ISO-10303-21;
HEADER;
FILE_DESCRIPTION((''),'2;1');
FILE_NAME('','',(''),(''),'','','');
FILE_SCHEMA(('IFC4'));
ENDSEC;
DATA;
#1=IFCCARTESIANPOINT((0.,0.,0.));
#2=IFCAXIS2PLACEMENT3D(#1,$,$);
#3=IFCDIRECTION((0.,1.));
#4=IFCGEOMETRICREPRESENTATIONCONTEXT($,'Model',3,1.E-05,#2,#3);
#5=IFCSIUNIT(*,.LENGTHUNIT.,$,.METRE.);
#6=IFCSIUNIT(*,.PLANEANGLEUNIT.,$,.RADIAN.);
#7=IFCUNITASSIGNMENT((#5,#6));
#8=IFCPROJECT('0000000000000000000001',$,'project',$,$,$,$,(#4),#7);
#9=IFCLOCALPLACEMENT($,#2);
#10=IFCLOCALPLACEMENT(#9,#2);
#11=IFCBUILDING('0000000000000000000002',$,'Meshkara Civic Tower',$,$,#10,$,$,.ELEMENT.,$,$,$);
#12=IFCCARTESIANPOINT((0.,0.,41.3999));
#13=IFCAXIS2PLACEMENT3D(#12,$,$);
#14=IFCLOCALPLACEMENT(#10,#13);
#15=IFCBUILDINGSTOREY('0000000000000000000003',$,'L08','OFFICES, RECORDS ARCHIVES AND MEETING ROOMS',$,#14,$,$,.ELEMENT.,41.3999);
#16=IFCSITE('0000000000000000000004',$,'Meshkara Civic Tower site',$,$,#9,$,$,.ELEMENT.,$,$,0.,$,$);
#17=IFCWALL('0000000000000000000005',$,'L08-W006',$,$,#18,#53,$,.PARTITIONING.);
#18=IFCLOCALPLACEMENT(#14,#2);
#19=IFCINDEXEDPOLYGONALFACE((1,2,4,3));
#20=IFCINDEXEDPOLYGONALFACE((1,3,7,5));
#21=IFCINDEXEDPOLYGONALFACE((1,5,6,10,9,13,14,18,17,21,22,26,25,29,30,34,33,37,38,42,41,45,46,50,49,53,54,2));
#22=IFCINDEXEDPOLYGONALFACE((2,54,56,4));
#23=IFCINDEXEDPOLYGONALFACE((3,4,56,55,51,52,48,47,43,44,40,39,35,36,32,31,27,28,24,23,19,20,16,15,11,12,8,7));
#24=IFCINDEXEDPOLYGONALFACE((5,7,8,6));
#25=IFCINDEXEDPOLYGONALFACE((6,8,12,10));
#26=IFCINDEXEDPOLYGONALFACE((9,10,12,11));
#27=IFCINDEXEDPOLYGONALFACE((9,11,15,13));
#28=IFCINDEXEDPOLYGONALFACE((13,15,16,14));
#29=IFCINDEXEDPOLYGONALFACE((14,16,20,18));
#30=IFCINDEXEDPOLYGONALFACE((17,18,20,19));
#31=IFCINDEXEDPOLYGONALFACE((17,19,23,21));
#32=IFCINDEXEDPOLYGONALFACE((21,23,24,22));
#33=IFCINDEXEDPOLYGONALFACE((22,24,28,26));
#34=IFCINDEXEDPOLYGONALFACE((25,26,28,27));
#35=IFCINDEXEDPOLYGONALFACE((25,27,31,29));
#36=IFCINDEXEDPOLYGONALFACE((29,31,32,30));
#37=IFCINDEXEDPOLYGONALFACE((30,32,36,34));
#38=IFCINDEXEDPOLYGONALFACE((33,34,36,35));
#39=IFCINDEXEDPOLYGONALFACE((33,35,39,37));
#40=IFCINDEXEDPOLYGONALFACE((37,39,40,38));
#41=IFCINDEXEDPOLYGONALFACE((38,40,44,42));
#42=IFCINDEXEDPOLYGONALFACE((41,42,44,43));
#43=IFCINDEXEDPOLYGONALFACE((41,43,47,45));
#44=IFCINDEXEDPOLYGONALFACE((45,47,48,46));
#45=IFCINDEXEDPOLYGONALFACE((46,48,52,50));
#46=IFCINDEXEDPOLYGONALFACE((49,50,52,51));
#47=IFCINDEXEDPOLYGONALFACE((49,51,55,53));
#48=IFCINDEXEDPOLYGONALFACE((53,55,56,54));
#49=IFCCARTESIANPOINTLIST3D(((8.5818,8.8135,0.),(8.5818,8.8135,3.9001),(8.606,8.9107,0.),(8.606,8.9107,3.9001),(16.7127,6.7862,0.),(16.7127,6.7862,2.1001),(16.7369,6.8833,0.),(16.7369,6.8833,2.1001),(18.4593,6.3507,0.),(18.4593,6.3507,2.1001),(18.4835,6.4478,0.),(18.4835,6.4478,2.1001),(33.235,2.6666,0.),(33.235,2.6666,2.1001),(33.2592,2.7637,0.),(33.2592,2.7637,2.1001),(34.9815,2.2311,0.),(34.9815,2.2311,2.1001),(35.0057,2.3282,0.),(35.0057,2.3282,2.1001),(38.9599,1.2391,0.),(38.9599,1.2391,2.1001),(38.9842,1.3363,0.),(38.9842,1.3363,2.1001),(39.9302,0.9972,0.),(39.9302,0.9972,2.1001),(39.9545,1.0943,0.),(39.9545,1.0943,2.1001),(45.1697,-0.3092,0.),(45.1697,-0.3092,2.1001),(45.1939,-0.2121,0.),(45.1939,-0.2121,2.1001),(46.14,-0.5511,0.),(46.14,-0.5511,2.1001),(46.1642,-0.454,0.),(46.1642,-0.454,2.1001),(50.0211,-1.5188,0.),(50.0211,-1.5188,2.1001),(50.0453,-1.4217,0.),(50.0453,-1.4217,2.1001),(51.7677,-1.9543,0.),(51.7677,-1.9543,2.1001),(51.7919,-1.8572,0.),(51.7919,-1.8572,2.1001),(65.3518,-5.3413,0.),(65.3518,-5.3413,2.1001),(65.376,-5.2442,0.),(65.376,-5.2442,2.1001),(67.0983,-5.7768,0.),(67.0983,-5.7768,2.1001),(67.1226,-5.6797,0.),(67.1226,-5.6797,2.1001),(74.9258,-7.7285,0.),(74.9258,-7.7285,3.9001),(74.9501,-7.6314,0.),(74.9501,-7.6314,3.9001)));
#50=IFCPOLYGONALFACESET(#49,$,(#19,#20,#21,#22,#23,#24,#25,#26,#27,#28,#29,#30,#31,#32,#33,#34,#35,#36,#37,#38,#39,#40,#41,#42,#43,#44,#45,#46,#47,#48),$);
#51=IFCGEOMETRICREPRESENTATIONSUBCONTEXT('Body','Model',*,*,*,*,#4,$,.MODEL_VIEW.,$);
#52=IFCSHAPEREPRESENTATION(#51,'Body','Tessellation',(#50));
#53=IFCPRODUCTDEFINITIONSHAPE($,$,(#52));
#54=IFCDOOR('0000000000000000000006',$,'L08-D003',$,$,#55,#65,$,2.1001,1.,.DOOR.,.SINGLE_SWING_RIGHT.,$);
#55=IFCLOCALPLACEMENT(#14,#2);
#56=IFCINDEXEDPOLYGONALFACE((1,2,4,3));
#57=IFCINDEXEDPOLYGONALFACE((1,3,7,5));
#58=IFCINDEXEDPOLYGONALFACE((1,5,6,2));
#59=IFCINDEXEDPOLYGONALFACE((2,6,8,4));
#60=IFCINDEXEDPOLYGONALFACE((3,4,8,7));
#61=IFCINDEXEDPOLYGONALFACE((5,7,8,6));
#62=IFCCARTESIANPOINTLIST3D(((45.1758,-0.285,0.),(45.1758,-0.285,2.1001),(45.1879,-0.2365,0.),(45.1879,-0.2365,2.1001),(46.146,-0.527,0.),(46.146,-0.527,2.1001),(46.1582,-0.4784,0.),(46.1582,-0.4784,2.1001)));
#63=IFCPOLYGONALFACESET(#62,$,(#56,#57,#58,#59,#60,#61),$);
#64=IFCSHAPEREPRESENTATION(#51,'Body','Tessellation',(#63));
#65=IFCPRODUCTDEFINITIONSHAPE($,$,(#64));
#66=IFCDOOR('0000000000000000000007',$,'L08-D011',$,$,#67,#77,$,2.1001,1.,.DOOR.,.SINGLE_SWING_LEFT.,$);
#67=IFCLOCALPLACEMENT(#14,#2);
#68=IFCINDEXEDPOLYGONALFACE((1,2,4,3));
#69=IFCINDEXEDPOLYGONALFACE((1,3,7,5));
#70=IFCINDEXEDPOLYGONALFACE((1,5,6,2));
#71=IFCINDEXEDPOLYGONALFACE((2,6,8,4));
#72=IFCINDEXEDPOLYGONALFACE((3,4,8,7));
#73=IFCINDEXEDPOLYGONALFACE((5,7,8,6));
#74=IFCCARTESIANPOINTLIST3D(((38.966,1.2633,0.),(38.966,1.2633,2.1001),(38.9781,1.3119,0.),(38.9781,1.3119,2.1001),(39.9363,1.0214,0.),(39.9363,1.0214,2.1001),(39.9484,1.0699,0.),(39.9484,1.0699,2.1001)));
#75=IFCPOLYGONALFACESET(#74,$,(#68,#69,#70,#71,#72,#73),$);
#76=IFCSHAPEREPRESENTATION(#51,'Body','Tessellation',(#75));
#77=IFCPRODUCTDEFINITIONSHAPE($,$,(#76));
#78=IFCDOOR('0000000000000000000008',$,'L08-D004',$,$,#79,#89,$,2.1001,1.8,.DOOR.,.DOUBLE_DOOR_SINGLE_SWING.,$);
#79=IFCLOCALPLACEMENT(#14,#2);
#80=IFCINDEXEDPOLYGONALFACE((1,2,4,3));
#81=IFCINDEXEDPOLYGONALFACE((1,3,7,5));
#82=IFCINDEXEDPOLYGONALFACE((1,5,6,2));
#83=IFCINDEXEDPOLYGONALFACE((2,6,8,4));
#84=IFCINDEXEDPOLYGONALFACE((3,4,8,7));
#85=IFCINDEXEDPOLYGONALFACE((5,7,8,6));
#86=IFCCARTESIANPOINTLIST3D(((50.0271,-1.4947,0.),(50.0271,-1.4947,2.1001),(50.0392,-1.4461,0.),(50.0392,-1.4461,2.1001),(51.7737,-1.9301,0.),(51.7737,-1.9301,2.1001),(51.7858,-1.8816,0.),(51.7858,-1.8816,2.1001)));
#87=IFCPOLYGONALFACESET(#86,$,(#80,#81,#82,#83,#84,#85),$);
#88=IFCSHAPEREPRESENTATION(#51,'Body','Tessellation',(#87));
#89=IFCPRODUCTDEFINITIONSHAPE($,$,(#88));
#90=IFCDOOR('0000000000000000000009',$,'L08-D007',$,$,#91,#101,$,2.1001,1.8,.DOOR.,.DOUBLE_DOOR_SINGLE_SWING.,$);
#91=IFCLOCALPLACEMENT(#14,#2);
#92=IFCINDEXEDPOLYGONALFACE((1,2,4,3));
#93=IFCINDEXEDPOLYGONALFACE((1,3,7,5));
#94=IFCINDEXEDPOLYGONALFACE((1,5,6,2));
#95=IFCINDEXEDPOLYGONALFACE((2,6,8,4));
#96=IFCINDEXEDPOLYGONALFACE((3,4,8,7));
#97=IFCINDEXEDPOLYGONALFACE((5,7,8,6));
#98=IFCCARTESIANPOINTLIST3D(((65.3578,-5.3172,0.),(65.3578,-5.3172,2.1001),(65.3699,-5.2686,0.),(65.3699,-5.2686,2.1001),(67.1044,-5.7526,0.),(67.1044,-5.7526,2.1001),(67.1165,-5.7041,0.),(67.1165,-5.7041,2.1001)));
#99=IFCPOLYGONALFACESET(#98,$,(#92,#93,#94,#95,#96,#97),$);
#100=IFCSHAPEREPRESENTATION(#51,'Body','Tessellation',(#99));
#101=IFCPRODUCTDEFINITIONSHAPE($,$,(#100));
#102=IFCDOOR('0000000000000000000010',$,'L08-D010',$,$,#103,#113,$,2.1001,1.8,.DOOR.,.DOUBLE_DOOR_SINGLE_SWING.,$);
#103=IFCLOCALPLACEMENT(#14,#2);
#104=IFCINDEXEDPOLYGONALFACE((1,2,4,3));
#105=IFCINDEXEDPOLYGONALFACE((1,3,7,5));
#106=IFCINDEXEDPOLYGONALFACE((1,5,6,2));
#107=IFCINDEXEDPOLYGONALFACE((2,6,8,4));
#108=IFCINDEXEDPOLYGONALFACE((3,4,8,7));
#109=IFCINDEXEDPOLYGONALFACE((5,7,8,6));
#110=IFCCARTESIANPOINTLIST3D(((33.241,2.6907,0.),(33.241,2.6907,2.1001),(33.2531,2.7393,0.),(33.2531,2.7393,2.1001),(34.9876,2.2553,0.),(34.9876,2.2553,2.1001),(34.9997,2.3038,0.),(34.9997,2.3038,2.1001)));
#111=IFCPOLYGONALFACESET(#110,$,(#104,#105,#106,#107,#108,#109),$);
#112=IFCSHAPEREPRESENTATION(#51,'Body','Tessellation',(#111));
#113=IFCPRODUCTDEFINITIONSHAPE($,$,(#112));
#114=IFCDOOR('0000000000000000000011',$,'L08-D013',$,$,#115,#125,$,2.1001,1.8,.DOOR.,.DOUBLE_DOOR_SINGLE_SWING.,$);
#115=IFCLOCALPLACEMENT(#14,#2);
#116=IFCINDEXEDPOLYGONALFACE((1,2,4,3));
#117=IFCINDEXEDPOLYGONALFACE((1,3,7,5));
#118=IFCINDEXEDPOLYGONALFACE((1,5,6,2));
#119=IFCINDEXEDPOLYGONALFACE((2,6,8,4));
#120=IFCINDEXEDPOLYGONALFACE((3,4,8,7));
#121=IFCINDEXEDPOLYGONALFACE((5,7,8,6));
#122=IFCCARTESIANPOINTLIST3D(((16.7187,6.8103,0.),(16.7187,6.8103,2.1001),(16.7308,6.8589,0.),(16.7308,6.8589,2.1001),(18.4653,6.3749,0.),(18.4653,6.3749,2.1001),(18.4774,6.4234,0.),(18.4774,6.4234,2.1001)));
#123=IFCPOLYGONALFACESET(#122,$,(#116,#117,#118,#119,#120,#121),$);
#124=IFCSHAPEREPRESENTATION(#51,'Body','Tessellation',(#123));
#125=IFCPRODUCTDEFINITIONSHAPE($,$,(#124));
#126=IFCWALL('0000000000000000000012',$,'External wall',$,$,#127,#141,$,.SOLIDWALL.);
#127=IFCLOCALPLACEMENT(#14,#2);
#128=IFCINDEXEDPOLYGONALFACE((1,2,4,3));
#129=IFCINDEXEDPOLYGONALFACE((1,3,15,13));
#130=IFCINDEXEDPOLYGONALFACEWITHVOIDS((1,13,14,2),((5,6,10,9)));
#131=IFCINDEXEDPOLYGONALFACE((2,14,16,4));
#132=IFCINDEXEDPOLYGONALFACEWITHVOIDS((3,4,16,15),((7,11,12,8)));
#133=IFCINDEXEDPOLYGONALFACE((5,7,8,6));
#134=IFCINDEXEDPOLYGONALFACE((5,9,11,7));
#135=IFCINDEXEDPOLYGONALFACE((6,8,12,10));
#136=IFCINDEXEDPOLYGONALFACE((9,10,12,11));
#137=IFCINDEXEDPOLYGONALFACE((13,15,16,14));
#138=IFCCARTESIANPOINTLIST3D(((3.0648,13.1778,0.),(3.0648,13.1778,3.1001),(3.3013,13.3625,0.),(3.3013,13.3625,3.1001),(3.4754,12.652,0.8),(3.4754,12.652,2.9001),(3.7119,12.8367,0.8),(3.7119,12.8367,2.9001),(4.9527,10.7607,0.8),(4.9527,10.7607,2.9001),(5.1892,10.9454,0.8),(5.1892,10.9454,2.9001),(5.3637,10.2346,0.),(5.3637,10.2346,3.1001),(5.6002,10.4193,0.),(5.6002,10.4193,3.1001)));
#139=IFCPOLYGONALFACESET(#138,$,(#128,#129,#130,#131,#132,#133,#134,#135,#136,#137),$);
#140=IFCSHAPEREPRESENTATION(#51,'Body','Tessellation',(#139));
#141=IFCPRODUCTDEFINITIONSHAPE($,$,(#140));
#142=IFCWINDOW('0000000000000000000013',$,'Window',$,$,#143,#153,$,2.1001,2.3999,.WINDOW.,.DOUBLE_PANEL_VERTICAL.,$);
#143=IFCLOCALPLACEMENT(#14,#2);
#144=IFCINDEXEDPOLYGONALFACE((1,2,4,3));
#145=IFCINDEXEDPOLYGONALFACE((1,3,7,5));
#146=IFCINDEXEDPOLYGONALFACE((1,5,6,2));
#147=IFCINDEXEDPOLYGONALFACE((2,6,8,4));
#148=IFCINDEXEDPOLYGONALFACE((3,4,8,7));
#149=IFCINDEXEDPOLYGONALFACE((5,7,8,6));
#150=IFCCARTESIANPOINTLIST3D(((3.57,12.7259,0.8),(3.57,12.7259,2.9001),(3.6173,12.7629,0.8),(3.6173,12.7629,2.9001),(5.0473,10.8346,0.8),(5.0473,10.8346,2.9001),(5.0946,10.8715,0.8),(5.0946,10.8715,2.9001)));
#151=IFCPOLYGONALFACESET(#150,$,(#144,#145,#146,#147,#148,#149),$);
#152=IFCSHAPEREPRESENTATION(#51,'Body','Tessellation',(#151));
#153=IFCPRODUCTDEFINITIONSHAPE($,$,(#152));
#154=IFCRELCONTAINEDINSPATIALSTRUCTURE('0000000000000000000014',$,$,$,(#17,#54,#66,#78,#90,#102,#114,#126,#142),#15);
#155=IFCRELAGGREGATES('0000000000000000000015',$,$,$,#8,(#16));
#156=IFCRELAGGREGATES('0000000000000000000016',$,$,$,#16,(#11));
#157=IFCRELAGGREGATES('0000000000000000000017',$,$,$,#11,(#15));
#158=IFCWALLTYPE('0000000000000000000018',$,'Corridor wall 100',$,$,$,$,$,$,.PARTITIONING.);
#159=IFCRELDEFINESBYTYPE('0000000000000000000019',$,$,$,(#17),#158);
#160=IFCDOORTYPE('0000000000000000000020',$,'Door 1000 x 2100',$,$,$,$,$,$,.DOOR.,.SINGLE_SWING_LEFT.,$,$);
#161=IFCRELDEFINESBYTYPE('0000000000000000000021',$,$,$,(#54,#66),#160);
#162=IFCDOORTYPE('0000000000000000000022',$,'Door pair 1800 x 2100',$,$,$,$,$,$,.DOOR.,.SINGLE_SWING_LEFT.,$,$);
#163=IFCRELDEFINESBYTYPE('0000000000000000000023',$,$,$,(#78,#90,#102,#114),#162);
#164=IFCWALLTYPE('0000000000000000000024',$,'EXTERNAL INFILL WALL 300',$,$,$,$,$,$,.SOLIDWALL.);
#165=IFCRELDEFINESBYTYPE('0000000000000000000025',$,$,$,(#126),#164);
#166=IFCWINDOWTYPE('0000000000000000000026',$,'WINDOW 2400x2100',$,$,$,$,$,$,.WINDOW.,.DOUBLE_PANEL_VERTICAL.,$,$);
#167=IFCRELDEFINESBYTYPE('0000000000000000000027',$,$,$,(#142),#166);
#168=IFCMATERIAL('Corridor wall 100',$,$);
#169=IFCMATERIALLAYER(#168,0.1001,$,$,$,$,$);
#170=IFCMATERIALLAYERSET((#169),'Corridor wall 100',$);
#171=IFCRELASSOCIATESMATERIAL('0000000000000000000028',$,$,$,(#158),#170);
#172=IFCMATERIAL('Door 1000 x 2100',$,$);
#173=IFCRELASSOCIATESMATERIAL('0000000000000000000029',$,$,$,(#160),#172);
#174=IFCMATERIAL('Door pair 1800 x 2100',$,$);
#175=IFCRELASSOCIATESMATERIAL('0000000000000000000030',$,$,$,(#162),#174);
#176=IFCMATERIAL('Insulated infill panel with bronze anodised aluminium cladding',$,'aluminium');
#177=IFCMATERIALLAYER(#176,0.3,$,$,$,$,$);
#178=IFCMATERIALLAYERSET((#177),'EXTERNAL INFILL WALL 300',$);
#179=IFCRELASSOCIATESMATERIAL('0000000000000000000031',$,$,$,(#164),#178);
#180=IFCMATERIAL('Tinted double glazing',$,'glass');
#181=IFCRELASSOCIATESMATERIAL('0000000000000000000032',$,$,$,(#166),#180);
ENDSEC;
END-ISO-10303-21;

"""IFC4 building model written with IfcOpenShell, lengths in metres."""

from ifc_helpers import new_model, si_unit, direction, frame, frame_2d, origin, place, context, subcontext, project, spatial, rectangle, extrude, material, layer, layer_set, type_object, element, fill, save


model = new_model("IFC4")

# Units and contexts
model_context = context("Model", 3, precision=1e-05, world=origin(), true_north=direction((0.0, 1.0)))
body_context = subcontext(model_context, "Body", "Model", "MODEL_VIEW")
ifc_project = project(units=[si_unit("LENGTHUNIT", "METRE"), si_unit("PLANEANGLEUNIT", "RADIAN")], contexts=[model_context])

# Site, building, storey
site_placement = place(None, origin())
site = spatial("IfcSite", under=ifc_project, at=site_placement, Name="Meshkara Civic Tower site", CompositionType="ELEMENT", RefElevation=0.0)
building_placement = place(site_placement, origin())
building = spatial("IfcBuilding", under=site, at=building_placement, Name="Meshkara Civic Tower", CompositionType="ELEMENT")
storey_placement = place(building_placement, frame((0.0, 0.0, 41.3999)))
storey = spatial("IfcBuildingStorey", under=building, at=storey_placement, Name="L08", Description="OFFICES, RECORDS ARCHIVES AND MEETING ROOMS", CompositionType="ELEMENT", Elevation=41.3999)

# Shared definitions
ifc_material_1 = material(Name="Corridor wall 100")
ifc_layer_1 = layer(ifc_material_1, 0.1001)
ifc_layer_set_1 = layer_set([ifc_layer_1], Name="Corridor wall 100")
wall_type_1 = type_object("IfcWallType", Name="Corridor wall 100", PredefinedType="PARTITIONING", material=ifc_layer_set_1)
ifc_material_2 = material(Name="Door 1000 x 2100")
door_type_1 = type_object("IfcDoorType", Name="Door 1000 x 2100", OperationType="SINGLE_SWING_LEFT", PredefinedType="DOOR", material=ifc_material_2)

# Wall, openings, doors
wall_1_placement = place(storey_placement, frame((8.594, 8.8621, 0.0), z_axis=(0.0, 0.0, 1.0), x_axis=(0.970294, -0.24193, 0.0)))
wall_1 = element("IfcWall", 1, at=wall_1_placement, inside=storey, type_object=wall_type_1, Name="L08-W006", PredefinedType="PARTITIONING", context=body_context, shape_type="SweptSolid", body=[
    extrude(rectangle(XDim=68.3752, YDim=0.1001, at=frame_2d((34.1875, 0.0))), origin(), (0.0, 0.0, 1.0), 3.9001),
])
opening_1_placement = place(wall_1_placement, frame((37.708, 0.0, 0.0)))
opening_1 = element("IfcOpeningElement", 2, at=opening_1_placement, cuts=wall_1, PredefinedType="OPENING", context=body_context, shape_type="SweptSolid", body=[
    extrude(rectangle(XDim=1.0, YDim=2.1001, at=frame_2d((0.5, 1.05))), frame((0.0, 0.0601, 0.0), z_axis=(0.0, -1.0, 0.0), x_axis=(1.0, 0.0, 0.0)), (0.0, 0.0, 1.0), 0.1201),
])
opening_2_placement = place(wall_1_placement, frame((42.708, 0.0, 0.0)))
opening_2 = element("IfcOpeningElement", 3, at=opening_2_placement, cuts=wall_1, PredefinedType="OPENING", context=body_context, shape_type="SweptSolid", body=[
    extrude(rectangle(XDim=1.8, YDim=2.1001, at=frame_2d((0.8999, 1.05))), frame((0.0, 0.0601, 0.0), z_axis=(0.0, -1.0, 0.0), x_axis=(1.0, 0.0, 0.0)), (0.0, 0.0, 1.0), 0.1201),
])
opening_3_placement = place(wall_1_placement, frame((58.5081, 0.0, 0.0)))
opening_3 = element("IfcOpeningElement", 4, at=opening_3_placement, cuts=wall_1, PredefinedType="OPENING", context=body_context, shape_type="SweptSolid", body=[
    extrude(rectangle(XDim=1.8, YDim=2.1001, at=frame_2d((0.8999, 1.05))), frame((0.0, 0.0601, 0.0), z_axis=(0.0, -1.0, 0.0), x_axis=(1.0, 0.0, 0.0)), (0.0, 0.0, 1.0), 0.1201),
])
opening_4_placement = place(wall_1_placement, frame((25.408, 0.0, 0.0)))
opening_4 = element("IfcOpeningElement", 5, at=opening_4_placement, cuts=wall_1, PredefinedType="OPENING", context=body_context, shape_type="SweptSolid", body=[
    extrude(rectangle(XDim=1.8, YDim=2.1001, at=frame_2d((0.8999, 1.05))), frame((0.0, 0.0601, 0.0), z_axis=(0.0, -1.0, 0.0), x_axis=(1.0, 0.0, 0.0)), (0.0, 0.0, 1.0), 0.1201),
])
opening_5_placement = place(wall_1_placement, frame((31.3081, 0.0, 0.0)))
opening_5 = element("IfcOpeningElement", 6, at=opening_5_placement, cuts=wall_1, PredefinedType="OPENING", context=body_context, shape_type="SweptSolid", body=[
    extrude(rectangle(XDim=1.0, YDim=2.1001, at=frame_2d((0.5, 1.05))), frame((0.0, 0.0601, 0.0), z_axis=(0.0, -1.0, 0.0), x_axis=(1.0, 0.0, 0.0)), (0.0, 0.0, 1.0), 0.1201),
])
opening_6_placement = place(wall_1_placement, frame((8.3799, 0.0, 0.0)))
opening_6 = element("IfcOpeningElement", 7, at=opening_6_placement, cuts=wall_1, PredefinedType="OPENING", context=body_context, shape_type="SweptSolid", body=[
    extrude(rectangle(XDim=1.8, YDim=2.1001, at=frame_2d((0.8999, 1.05))), frame((0.0, 0.0601, 0.0), z_axis=(0.0, -1.0, 0.0), x_axis=(1.0, 0.0, 0.0)), (0.0, 0.0, 1.0), 0.1201),
])
door_1_placement = place(opening_1_placement, origin())
door_1 = element("IfcDoor", 8, at=door_1_placement, inside=storey, type_object=door_type_1, Name="L08-D003", OperationType="SINGLE_SWING_RIGHT", OverallHeight=2.1001, OverallWidth=1.0, PredefinedType="DOOR", context=body_context, shape_type="SweptSolid", body=[
    extrude(rectangle(XDim=1.0, YDim=2.1001, at=frame_2d((0.5, 1.05))), frame((0.0, 0.0249, 0.0), z_axis=(0.0, -1.0, 0.0), x_axis=(1.0, 0.0, 0.0)), (0.0, 0.0, 1.0), 0.05),
])
fill(opening_1, door_1)
door_2_placement = place(opening_5_placement, origin())
door_2 = element("IfcDoor", 9, at=door_2_placement, inside=storey, type_object=door_type_1, Name="L08-D011", OperationType="SINGLE_SWING_LEFT", OverallHeight=2.1001, OverallWidth=1.0, PredefinedType="DOOR", context=body_context, shape_type="SweptSolid", body=[
    extrude(rectangle(XDim=1.0, YDim=2.1001, at=frame_2d((0.5, 1.05))), frame((0.0, 0.0249, 0.0), z_axis=(0.0, -1.0, 0.0), x_axis=(1.0, 0.0, 0.0)), (0.0, 0.0, 1.0), 0.05),
])
fill(opening_5, door_2)
ifc_material_3 = material(Name="Door pair 1800 x 2100")
door_type_2 = type_object("IfcDoorType", Name="Door pair 1800 x 2100", OperationType="SINGLE_SWING_LEFT", PredefinedType="DOOR", material=ifc_material_3)
door_3_placement = place(opening_2_placement, origin())
door_3 = element("IfcDoor", 10, at=door_3_placement, inside=storey, type_object=door_type_2, Name="L08-D004", OperationType="DOUBLE_DOOR_SINGLE_SWING", OverallHeight=2.1001, OverallWidth=1.8, PredefinedType="DOOR", context=body_context, shape_type="SweptSolid", body=[
    extrude(rectangle(XDim=1.8, YDim=2.1001, at=frame_2d((0.8999, 1.05))), frame((0.0, 0.0249, 0.0), z_axis=(0.0, -1.0, 0.0), x_axis=(1.0, 0.0, 0.0)), (0.0, 0.0, 1.0), 0.05),
])
fill(opening_2, door_3)
door_4_placement = place(opening_3_placement, origin())
door_4 = element("IfcDoor", 11, at=door_4_placement, inside=storey, type_object=door_type_2, Name="L08-D007", OperationType="DOUBLE_DOOR_SINGLE_SWING", OverallHeight=2.1001, OverallWidth=1.8, PredefinedType="DOOR", context=body_context, shape_type="SweptSolid", body=[
    extrude(rectangle(XDim=1.8, YDim=2.1001, at=frame_2d((0.8999, 1.05))), frame((0.0, 0.0249, 0.0), z_axis=(0.0, -1.0, 0.0), x_axis=(1.0, 0.0, 0.0)), (0.0, 0.0, 1.0), 0.05),
])
fill(opening_3, door_4)
door_5_placement = place(opening_4_placement, origin())
door_5 = element("IfcDoor", 12, at=door_5_placement, inside=storey, type_object=door_type_2, Name="L08-D010", OperationType="DOUBLE_DOOR_SINGLE_SWING", OverallHeight=2.1001, OverallWidth=1.8, PredefinedType="DOOR", context=body_context, shape_type="SweptSolid", body=[
    extrude(rectangle(XDim=1.8, YDim=2.1001, at=frame_2d((0.8999, 1.05))), frame((0.0, 0.0249, 0.0), z_axis=(0.0, -1.0, 0.0), x_axis=(1.0, 0.0, 0.0)), (0.0, 0.0, 1.0), 0.05),
])
fill(opening_4, door_5)
door_6_placement = place(opening_6_placement, origin())
door_6 = element("IfcDoor", 13, at=door_6_placement, inside=storey, type_object=door_type_2, Name="L08-D013", OperationType="DOUBLE_DOOR_SINGLE_SWING", OverallHeight=2.1001, OverallWidth=1.8, PredefinedType="DOOR", context=body_context, shape_type="SweptSolid", body=[
    extrude(rectangle(XDim=1.8, YDim=2.1001, at=frame_2d((0.8999, 1.05))), frame((0.0, 0.0249, 0.0), z_axis=(0.0, -1.0, 0.0), x_axis=(1.0, 0.0, 0.0)), (0.0, 0.0, 1.0), 0.05),
])
fill(opening_6, door_6)

# Wall, opening, window
ifc_material_4 = material(Name="Insulated infill panel with bronze anodised aluminium cladding", Category="aluminium")
ifc_layer_2 = layer(ifc_material_4, 0.3)
ifc_layer_set_2 = layer_set([ifc_layer_2], Name="EXTERNAL INFILL WALL 300")
wall_type_2 = type_object("IfcWallType", Name="EXTERNAL INFILL WALL 300", PredefinedType="SOLIDWALL", material=ifc_layer_set_2)
wall_2_placement = place(storey_placement, frame((3.1831, 13.27, 0.0), z_axis=(0.0, 0.0, 1.0), x_axis=(0.615564, -0.788087, 0.0)))
wall_2 = element("IfcWall", 14, at=wall_2_placement, inside=storey, type_object=wall_type_2, Name="External wall", PredefinedType="SOLIDWALL", context=body_context, shape_type="SweptSolid", body=[
    extrude(rectangle(XDim=3.7346, YDim=0.3, at=frame_2d((1.8672, 0.0))), origin(), (0.0, 0.0, 1.0), 3.1001),
])
opening_7_placement = place(wall_2_placement, frame((0.667, 0.0, 0.8)))
opening_7 = element("IfcOpeningElement", 15, at=opening_7_placement, cuts=wall_2, PredefinedType="OPENING", context=body_context, shape_type="SweptSolid", body=[
    extrude(rectangle(XDim=2.3999, YDim=2.1001, at=frame_2d((1.2, 1.05))), frame((0.0, 0.1599, 0.0), z_axis=(0.0, -1.0, 0.0), x_axis=(1.0, 0.0, 0.0)), (0.0, 0.0, 1.0), 0.3201),
])
ifc_material_5 = material(Name="Tinted double glazing", Category="glass")
window_type = type_object("IfcWindowType", Name="WINDOW 2400x2100", PartitioningType="DOUBLE_PANEL_VERTICAL", PredefinedType="WINDOW", material=ifc_material_5)
window_1_placement = place(opening_7_placement, origin())
window_1 = element("IfcWindow", 16, at=window_1_placement, inside=storey, type_object=window_type, Name="Window", OverallHeight=2.1001, OverallWidth=2.3999, PartitioningType="DOUBLE_PANEL_VERTICAL", PredefinedType="WINDOW", context=body_context, shape_type="SweptSolid", body=[
    extrude(rectangle(XDim=2.3999, YDim=2.1001, at=frame_2d((1.2, 1.05))), frame((0.0, 0.03, 0.0), z_axis=(0.0, -1.0, 0.0), x_axis=(1.0, 0.0, 0.0)), (0.0, 0.0, 1.0), 0.0601),
])
fill(opening_7, window_1)

save(model, "model.ifc")
